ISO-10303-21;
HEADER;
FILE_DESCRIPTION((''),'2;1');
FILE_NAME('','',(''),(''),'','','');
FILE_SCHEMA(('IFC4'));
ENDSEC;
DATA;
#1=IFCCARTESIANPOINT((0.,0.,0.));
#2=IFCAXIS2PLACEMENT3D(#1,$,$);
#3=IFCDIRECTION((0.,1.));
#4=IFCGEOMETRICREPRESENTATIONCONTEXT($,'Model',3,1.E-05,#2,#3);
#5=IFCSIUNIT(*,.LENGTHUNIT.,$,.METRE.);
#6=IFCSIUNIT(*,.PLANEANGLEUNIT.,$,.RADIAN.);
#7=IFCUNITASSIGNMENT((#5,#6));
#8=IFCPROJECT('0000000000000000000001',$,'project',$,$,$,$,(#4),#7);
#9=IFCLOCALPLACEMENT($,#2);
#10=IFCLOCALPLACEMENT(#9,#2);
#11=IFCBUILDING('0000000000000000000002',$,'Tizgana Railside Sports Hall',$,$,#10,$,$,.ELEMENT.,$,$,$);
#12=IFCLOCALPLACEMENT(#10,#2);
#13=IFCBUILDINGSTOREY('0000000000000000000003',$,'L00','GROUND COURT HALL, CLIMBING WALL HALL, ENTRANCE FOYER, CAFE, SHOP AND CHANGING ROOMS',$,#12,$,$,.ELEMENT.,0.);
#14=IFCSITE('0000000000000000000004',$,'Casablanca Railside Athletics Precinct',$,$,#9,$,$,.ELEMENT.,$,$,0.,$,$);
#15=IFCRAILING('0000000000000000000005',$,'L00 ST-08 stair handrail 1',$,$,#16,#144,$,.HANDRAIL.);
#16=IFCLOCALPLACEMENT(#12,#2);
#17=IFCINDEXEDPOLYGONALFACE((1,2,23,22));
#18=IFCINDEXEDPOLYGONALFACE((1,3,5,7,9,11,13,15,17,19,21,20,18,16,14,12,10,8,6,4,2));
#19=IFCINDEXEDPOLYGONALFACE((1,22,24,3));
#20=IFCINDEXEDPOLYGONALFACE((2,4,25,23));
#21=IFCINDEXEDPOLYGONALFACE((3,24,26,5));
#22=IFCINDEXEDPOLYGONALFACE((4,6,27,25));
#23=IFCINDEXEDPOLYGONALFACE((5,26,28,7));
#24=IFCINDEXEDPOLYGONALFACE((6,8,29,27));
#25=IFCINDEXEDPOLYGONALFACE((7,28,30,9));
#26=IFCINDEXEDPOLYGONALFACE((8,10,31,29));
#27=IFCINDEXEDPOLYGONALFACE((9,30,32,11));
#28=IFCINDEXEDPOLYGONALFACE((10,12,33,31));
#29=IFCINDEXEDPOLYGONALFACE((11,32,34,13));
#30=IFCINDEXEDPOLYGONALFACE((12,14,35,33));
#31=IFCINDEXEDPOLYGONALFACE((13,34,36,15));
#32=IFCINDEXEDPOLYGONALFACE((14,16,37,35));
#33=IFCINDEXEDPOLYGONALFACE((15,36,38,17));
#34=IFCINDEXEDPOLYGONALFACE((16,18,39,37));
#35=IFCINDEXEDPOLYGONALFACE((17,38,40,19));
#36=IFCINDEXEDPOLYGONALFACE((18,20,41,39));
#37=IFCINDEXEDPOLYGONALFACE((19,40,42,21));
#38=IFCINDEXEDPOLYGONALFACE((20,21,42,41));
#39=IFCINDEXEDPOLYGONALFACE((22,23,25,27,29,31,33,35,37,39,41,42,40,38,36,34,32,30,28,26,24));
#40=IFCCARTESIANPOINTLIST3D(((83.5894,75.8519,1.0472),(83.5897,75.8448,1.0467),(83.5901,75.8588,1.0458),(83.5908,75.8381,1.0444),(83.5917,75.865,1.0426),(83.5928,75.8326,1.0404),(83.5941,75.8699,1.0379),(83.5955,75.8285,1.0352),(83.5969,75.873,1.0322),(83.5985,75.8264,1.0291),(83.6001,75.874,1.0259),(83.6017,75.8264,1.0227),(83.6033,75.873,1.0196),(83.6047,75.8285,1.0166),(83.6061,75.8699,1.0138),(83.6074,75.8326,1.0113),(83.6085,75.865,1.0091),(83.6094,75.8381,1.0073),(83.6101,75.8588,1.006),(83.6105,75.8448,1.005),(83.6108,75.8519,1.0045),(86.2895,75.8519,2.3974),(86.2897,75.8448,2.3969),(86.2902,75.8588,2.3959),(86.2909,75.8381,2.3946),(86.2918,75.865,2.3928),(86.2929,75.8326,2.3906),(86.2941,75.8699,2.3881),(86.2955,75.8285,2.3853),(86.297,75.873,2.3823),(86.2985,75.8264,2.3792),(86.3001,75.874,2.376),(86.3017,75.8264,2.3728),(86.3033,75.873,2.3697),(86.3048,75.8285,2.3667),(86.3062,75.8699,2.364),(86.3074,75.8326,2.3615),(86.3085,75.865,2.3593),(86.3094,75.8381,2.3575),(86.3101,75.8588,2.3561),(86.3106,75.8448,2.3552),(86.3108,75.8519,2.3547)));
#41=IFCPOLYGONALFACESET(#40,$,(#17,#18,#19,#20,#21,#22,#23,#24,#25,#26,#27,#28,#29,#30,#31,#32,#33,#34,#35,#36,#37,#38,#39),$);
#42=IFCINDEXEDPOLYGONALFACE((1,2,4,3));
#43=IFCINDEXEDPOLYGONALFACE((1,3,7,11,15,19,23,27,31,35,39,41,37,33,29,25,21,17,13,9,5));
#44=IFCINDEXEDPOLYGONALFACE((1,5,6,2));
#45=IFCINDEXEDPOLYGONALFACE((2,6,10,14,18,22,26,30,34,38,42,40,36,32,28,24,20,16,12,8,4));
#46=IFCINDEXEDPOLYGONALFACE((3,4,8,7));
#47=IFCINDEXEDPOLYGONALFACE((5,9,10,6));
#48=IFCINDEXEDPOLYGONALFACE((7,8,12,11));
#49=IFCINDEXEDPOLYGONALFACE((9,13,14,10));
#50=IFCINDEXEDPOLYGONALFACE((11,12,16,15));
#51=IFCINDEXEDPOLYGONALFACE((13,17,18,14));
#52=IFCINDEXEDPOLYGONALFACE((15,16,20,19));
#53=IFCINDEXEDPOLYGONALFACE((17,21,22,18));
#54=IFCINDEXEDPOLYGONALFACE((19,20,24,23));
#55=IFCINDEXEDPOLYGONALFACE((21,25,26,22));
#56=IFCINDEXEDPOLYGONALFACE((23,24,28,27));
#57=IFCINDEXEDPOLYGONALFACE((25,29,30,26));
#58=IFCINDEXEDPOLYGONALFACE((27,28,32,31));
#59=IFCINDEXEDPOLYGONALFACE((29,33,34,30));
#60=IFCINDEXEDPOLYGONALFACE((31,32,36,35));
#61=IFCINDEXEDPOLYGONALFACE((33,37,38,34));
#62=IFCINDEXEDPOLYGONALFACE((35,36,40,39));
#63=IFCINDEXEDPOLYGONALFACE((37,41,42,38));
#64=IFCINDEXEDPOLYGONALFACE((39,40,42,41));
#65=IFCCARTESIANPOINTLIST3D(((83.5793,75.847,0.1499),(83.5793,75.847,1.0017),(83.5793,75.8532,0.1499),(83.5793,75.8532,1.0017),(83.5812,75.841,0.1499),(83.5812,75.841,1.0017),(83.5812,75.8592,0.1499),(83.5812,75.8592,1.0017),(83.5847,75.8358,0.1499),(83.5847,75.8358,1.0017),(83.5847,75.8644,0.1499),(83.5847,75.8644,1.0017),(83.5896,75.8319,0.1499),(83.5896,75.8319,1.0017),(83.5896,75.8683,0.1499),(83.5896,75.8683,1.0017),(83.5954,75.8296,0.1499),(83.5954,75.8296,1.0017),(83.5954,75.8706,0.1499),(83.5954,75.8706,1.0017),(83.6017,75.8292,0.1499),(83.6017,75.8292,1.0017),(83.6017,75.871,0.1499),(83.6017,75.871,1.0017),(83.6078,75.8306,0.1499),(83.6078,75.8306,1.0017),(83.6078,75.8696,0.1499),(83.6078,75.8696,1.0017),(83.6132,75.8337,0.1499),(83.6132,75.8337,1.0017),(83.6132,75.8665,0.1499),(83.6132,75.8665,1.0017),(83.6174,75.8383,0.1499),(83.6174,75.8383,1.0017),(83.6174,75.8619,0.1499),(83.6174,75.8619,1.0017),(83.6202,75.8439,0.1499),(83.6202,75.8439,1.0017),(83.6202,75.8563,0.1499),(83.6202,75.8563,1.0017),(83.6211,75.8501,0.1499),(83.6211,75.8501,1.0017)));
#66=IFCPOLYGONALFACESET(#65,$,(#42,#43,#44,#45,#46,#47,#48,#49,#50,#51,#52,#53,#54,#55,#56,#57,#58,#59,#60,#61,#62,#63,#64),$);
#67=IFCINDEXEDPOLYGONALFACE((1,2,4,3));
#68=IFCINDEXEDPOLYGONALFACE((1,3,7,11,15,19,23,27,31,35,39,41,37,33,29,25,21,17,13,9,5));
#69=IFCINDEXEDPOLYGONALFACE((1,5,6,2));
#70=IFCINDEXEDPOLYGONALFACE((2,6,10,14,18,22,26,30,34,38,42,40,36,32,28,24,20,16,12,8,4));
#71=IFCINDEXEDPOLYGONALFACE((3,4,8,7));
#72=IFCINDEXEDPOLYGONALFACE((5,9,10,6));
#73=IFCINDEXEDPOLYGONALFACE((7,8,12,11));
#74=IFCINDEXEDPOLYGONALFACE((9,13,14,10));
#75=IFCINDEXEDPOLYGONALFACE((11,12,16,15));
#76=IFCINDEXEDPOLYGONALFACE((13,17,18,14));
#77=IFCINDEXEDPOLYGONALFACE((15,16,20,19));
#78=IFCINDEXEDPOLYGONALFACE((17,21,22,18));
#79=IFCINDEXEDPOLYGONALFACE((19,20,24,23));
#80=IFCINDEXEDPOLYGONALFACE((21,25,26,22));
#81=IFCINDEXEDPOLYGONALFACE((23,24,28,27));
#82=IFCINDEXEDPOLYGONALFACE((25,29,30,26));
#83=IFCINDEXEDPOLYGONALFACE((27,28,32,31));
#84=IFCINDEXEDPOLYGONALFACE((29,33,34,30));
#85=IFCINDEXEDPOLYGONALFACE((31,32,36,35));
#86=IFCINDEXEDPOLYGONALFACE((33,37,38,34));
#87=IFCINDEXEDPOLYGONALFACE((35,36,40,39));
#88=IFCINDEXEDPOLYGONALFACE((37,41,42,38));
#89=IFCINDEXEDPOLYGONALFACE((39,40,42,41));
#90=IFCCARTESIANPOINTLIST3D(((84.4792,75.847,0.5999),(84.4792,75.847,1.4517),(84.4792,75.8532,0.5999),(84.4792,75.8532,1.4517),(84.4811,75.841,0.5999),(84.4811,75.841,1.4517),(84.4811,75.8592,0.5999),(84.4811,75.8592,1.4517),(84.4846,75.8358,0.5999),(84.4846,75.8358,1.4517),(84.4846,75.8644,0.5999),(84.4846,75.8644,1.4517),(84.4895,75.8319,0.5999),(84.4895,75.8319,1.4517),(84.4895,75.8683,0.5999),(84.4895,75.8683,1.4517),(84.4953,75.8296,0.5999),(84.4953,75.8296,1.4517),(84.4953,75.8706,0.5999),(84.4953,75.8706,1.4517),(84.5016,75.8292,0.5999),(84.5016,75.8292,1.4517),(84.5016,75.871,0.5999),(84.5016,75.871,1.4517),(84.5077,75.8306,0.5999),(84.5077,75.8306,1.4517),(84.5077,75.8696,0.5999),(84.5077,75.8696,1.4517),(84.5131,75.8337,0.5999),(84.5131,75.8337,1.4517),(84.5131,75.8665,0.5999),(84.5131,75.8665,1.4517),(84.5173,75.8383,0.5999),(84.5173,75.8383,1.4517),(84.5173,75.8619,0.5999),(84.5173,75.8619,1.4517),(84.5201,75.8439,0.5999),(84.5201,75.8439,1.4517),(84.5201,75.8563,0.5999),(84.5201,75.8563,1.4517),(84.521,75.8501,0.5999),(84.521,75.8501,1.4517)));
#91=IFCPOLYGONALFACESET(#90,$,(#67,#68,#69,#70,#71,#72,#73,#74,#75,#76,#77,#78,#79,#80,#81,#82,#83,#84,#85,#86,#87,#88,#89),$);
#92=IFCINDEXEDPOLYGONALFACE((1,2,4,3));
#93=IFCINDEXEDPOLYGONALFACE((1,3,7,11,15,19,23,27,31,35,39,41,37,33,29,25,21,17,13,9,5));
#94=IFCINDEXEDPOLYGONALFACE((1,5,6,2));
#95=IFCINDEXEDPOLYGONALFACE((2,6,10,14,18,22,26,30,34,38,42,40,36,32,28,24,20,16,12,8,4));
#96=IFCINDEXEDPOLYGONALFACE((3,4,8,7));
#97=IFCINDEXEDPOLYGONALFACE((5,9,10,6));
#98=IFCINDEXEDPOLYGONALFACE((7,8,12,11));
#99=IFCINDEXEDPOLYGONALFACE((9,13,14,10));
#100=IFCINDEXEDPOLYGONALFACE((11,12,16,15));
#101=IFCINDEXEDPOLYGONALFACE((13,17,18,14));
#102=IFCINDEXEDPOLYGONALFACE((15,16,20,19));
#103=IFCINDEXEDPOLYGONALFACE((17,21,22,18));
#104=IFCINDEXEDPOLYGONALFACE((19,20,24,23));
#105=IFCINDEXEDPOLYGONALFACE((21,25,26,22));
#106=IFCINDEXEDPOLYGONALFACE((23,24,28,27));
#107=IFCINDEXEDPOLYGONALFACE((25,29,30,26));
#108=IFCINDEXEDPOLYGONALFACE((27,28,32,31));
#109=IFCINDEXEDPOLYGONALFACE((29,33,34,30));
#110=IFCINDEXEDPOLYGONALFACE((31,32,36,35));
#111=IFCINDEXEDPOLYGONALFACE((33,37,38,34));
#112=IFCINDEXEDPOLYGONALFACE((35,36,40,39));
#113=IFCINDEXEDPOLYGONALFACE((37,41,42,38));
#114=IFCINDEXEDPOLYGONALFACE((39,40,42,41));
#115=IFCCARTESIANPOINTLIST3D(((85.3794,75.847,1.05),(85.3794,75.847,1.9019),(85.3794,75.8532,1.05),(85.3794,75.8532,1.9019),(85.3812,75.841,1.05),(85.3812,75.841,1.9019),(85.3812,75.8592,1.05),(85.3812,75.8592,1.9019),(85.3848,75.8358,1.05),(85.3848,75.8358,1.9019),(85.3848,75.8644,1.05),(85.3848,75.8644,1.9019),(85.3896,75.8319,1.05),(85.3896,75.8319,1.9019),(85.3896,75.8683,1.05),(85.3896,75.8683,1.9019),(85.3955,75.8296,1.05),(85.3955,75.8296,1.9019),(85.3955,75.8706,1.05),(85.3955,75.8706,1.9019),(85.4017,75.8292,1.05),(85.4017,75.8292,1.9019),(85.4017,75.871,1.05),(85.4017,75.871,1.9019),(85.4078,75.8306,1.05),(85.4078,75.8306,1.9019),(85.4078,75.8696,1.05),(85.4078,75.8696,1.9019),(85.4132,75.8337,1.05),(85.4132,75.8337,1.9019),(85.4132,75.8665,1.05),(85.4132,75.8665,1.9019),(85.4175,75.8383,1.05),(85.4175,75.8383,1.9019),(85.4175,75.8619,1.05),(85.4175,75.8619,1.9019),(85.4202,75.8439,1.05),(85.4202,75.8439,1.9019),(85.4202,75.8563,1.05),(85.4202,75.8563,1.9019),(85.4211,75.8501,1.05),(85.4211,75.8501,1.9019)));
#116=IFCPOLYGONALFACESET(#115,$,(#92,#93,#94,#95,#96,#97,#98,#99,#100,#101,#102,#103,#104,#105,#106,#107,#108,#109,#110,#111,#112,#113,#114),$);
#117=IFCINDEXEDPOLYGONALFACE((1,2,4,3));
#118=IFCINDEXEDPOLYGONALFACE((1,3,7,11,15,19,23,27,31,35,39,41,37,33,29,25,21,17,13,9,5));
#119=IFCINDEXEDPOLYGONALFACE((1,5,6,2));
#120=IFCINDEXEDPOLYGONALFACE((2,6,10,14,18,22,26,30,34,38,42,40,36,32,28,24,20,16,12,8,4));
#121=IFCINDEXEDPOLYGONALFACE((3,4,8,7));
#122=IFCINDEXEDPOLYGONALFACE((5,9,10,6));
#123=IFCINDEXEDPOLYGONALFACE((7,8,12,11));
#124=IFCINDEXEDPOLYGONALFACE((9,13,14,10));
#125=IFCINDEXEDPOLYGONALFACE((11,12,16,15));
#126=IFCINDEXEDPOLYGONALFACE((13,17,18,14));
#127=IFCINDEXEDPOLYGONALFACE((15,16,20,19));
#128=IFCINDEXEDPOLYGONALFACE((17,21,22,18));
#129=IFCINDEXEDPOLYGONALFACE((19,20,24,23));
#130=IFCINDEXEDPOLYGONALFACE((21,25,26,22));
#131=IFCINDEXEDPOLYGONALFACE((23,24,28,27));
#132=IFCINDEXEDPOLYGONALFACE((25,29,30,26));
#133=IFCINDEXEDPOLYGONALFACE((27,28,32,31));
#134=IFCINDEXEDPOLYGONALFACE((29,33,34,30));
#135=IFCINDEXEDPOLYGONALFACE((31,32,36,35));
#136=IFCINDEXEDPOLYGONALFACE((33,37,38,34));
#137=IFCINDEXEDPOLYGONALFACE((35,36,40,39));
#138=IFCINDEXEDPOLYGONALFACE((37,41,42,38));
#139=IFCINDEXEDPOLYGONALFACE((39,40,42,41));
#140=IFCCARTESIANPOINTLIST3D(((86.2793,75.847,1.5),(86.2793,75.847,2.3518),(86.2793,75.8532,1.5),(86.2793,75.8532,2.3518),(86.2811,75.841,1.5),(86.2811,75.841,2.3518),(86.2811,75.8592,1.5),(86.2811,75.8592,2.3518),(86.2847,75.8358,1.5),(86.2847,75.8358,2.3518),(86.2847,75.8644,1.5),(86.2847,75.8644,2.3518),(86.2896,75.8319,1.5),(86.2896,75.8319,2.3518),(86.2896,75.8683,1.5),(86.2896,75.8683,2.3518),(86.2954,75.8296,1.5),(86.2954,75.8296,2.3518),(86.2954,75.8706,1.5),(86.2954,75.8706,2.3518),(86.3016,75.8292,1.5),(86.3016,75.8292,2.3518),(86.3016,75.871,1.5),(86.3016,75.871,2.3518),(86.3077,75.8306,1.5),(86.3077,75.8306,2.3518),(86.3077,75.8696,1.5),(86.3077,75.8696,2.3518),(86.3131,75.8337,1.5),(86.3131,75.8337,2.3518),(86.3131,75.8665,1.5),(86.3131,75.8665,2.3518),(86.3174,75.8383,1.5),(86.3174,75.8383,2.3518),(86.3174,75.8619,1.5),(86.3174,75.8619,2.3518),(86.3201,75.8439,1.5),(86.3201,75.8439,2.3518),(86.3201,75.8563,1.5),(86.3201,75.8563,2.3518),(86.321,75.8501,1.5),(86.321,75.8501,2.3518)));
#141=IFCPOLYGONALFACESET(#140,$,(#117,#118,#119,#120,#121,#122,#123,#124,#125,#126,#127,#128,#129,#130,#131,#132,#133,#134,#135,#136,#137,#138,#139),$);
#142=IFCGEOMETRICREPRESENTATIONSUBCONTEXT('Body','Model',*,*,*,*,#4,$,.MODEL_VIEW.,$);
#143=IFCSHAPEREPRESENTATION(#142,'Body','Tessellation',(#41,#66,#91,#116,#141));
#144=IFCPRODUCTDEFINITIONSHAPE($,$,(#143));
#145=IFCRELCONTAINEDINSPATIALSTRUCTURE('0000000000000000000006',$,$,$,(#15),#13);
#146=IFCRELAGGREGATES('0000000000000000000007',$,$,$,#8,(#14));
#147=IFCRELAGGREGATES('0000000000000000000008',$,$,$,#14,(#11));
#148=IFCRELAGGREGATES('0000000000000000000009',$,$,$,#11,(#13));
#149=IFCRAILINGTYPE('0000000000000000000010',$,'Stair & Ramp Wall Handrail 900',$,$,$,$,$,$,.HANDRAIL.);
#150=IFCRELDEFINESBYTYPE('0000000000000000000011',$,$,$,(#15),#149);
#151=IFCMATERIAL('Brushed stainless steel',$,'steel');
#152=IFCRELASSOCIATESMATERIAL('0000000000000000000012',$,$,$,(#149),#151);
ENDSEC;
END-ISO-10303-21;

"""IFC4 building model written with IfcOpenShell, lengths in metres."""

from ifc_helpers import new_model, si_unit, direction, frame, origin, origin_2d, place, context, subcontext, project, spatial, circle, extrude, material, type_object, element, save


model = new_model("IFC4")

# Units and contexts
model_context = context("Model", 3, precision=1e-05, world=origin(), true_north=direction((0.0, 1.0)))
body_context = subcontext(model_context, "Body", "Model", "MODEL_VIEW")
ifc_project = project(units=[si_unit("LENGTHUNIT", "METRE"), si_unit("PLANEANGLEUNIT", "RADIAN")], contexts=[model_context])

# Site, building, storey
site_placement = place(None, origin())
site = spatial("IfcSite", under=ifc_project, at=site_placement, Name="Casablanca Railside Athletics Precinct", CompositionType="ELEMENT", RefElevation=0.0)
building_placement = place(site_placement, origin())
building = spatial("IfcBuilding", under=site, at=building_placement, Name="Tizgana Railside Sports Hall", CompositionType="ELEMENT")
storey_placement = place(building_placement, origin())
storey = spatial("IfcBuildingStorey", under=building, at=storey_placement, Name="L00", Description="GROUND COURT HALL, CLIMBING WALL HALL, ENTRANCE FOYER, CAFE, SHOP AND CHANGING ROOMS", CompositionType="ELEMENT", Elevation=0.0)

# Railing
ifc_material_1 = material(Name="Brushed stainless steel", Category="steel")
railing_type_1 = type_object("IfcRailingType", Name="Stair & Ramp Wall Handrail 900", PredefinedType="HANDRAIL", material=ifc_material_1)
railing_1_placement = place(storey_placement, frame((83.6001, 75.8501, 0.1499)))
element("IfcRailing", 1, at=railing_1_placement, inside=storey, type_object=railing_type_1, Name="L00 ST-08 stair handrail 1", PredefinedType="HANDRAIL", context=body_context, shape_type="SweptSolid", body=[
    extrude(circle(Radius=0.0239, at=origin_2d()), frame((0.0, 0.0, 0.876), z_axis=(0.894411, 0.0, 0.447246), x_axis=(0.0, 1.0, 0.0)), (0.0, 0.0, 1.0), 3.0188),
    extrude(circle(Radius=0.021, at=origin_2d()), origin(), (0.0, 0.0, 1.0), 0.8518),
    extrude(circle(Radius=0.021, at=origin_2d()), frame((0.8999, 0.0, 0.45)), (0.0, 0.0, 1.0), 0.8518),
    extrude(circle(Radius=0.021, at=origin_2d()), frame((1.8, 0.0, 0.9001)), (0.0, 0.0, 1.0), 0.8518),
    extrude(circle(Radius=0.021, at=origin_2d()), frame((2.7, 0.0, 1.3501)), (0.0, 0.0, 1.0), 0.8518),
])

save(model, "model.ifc")
